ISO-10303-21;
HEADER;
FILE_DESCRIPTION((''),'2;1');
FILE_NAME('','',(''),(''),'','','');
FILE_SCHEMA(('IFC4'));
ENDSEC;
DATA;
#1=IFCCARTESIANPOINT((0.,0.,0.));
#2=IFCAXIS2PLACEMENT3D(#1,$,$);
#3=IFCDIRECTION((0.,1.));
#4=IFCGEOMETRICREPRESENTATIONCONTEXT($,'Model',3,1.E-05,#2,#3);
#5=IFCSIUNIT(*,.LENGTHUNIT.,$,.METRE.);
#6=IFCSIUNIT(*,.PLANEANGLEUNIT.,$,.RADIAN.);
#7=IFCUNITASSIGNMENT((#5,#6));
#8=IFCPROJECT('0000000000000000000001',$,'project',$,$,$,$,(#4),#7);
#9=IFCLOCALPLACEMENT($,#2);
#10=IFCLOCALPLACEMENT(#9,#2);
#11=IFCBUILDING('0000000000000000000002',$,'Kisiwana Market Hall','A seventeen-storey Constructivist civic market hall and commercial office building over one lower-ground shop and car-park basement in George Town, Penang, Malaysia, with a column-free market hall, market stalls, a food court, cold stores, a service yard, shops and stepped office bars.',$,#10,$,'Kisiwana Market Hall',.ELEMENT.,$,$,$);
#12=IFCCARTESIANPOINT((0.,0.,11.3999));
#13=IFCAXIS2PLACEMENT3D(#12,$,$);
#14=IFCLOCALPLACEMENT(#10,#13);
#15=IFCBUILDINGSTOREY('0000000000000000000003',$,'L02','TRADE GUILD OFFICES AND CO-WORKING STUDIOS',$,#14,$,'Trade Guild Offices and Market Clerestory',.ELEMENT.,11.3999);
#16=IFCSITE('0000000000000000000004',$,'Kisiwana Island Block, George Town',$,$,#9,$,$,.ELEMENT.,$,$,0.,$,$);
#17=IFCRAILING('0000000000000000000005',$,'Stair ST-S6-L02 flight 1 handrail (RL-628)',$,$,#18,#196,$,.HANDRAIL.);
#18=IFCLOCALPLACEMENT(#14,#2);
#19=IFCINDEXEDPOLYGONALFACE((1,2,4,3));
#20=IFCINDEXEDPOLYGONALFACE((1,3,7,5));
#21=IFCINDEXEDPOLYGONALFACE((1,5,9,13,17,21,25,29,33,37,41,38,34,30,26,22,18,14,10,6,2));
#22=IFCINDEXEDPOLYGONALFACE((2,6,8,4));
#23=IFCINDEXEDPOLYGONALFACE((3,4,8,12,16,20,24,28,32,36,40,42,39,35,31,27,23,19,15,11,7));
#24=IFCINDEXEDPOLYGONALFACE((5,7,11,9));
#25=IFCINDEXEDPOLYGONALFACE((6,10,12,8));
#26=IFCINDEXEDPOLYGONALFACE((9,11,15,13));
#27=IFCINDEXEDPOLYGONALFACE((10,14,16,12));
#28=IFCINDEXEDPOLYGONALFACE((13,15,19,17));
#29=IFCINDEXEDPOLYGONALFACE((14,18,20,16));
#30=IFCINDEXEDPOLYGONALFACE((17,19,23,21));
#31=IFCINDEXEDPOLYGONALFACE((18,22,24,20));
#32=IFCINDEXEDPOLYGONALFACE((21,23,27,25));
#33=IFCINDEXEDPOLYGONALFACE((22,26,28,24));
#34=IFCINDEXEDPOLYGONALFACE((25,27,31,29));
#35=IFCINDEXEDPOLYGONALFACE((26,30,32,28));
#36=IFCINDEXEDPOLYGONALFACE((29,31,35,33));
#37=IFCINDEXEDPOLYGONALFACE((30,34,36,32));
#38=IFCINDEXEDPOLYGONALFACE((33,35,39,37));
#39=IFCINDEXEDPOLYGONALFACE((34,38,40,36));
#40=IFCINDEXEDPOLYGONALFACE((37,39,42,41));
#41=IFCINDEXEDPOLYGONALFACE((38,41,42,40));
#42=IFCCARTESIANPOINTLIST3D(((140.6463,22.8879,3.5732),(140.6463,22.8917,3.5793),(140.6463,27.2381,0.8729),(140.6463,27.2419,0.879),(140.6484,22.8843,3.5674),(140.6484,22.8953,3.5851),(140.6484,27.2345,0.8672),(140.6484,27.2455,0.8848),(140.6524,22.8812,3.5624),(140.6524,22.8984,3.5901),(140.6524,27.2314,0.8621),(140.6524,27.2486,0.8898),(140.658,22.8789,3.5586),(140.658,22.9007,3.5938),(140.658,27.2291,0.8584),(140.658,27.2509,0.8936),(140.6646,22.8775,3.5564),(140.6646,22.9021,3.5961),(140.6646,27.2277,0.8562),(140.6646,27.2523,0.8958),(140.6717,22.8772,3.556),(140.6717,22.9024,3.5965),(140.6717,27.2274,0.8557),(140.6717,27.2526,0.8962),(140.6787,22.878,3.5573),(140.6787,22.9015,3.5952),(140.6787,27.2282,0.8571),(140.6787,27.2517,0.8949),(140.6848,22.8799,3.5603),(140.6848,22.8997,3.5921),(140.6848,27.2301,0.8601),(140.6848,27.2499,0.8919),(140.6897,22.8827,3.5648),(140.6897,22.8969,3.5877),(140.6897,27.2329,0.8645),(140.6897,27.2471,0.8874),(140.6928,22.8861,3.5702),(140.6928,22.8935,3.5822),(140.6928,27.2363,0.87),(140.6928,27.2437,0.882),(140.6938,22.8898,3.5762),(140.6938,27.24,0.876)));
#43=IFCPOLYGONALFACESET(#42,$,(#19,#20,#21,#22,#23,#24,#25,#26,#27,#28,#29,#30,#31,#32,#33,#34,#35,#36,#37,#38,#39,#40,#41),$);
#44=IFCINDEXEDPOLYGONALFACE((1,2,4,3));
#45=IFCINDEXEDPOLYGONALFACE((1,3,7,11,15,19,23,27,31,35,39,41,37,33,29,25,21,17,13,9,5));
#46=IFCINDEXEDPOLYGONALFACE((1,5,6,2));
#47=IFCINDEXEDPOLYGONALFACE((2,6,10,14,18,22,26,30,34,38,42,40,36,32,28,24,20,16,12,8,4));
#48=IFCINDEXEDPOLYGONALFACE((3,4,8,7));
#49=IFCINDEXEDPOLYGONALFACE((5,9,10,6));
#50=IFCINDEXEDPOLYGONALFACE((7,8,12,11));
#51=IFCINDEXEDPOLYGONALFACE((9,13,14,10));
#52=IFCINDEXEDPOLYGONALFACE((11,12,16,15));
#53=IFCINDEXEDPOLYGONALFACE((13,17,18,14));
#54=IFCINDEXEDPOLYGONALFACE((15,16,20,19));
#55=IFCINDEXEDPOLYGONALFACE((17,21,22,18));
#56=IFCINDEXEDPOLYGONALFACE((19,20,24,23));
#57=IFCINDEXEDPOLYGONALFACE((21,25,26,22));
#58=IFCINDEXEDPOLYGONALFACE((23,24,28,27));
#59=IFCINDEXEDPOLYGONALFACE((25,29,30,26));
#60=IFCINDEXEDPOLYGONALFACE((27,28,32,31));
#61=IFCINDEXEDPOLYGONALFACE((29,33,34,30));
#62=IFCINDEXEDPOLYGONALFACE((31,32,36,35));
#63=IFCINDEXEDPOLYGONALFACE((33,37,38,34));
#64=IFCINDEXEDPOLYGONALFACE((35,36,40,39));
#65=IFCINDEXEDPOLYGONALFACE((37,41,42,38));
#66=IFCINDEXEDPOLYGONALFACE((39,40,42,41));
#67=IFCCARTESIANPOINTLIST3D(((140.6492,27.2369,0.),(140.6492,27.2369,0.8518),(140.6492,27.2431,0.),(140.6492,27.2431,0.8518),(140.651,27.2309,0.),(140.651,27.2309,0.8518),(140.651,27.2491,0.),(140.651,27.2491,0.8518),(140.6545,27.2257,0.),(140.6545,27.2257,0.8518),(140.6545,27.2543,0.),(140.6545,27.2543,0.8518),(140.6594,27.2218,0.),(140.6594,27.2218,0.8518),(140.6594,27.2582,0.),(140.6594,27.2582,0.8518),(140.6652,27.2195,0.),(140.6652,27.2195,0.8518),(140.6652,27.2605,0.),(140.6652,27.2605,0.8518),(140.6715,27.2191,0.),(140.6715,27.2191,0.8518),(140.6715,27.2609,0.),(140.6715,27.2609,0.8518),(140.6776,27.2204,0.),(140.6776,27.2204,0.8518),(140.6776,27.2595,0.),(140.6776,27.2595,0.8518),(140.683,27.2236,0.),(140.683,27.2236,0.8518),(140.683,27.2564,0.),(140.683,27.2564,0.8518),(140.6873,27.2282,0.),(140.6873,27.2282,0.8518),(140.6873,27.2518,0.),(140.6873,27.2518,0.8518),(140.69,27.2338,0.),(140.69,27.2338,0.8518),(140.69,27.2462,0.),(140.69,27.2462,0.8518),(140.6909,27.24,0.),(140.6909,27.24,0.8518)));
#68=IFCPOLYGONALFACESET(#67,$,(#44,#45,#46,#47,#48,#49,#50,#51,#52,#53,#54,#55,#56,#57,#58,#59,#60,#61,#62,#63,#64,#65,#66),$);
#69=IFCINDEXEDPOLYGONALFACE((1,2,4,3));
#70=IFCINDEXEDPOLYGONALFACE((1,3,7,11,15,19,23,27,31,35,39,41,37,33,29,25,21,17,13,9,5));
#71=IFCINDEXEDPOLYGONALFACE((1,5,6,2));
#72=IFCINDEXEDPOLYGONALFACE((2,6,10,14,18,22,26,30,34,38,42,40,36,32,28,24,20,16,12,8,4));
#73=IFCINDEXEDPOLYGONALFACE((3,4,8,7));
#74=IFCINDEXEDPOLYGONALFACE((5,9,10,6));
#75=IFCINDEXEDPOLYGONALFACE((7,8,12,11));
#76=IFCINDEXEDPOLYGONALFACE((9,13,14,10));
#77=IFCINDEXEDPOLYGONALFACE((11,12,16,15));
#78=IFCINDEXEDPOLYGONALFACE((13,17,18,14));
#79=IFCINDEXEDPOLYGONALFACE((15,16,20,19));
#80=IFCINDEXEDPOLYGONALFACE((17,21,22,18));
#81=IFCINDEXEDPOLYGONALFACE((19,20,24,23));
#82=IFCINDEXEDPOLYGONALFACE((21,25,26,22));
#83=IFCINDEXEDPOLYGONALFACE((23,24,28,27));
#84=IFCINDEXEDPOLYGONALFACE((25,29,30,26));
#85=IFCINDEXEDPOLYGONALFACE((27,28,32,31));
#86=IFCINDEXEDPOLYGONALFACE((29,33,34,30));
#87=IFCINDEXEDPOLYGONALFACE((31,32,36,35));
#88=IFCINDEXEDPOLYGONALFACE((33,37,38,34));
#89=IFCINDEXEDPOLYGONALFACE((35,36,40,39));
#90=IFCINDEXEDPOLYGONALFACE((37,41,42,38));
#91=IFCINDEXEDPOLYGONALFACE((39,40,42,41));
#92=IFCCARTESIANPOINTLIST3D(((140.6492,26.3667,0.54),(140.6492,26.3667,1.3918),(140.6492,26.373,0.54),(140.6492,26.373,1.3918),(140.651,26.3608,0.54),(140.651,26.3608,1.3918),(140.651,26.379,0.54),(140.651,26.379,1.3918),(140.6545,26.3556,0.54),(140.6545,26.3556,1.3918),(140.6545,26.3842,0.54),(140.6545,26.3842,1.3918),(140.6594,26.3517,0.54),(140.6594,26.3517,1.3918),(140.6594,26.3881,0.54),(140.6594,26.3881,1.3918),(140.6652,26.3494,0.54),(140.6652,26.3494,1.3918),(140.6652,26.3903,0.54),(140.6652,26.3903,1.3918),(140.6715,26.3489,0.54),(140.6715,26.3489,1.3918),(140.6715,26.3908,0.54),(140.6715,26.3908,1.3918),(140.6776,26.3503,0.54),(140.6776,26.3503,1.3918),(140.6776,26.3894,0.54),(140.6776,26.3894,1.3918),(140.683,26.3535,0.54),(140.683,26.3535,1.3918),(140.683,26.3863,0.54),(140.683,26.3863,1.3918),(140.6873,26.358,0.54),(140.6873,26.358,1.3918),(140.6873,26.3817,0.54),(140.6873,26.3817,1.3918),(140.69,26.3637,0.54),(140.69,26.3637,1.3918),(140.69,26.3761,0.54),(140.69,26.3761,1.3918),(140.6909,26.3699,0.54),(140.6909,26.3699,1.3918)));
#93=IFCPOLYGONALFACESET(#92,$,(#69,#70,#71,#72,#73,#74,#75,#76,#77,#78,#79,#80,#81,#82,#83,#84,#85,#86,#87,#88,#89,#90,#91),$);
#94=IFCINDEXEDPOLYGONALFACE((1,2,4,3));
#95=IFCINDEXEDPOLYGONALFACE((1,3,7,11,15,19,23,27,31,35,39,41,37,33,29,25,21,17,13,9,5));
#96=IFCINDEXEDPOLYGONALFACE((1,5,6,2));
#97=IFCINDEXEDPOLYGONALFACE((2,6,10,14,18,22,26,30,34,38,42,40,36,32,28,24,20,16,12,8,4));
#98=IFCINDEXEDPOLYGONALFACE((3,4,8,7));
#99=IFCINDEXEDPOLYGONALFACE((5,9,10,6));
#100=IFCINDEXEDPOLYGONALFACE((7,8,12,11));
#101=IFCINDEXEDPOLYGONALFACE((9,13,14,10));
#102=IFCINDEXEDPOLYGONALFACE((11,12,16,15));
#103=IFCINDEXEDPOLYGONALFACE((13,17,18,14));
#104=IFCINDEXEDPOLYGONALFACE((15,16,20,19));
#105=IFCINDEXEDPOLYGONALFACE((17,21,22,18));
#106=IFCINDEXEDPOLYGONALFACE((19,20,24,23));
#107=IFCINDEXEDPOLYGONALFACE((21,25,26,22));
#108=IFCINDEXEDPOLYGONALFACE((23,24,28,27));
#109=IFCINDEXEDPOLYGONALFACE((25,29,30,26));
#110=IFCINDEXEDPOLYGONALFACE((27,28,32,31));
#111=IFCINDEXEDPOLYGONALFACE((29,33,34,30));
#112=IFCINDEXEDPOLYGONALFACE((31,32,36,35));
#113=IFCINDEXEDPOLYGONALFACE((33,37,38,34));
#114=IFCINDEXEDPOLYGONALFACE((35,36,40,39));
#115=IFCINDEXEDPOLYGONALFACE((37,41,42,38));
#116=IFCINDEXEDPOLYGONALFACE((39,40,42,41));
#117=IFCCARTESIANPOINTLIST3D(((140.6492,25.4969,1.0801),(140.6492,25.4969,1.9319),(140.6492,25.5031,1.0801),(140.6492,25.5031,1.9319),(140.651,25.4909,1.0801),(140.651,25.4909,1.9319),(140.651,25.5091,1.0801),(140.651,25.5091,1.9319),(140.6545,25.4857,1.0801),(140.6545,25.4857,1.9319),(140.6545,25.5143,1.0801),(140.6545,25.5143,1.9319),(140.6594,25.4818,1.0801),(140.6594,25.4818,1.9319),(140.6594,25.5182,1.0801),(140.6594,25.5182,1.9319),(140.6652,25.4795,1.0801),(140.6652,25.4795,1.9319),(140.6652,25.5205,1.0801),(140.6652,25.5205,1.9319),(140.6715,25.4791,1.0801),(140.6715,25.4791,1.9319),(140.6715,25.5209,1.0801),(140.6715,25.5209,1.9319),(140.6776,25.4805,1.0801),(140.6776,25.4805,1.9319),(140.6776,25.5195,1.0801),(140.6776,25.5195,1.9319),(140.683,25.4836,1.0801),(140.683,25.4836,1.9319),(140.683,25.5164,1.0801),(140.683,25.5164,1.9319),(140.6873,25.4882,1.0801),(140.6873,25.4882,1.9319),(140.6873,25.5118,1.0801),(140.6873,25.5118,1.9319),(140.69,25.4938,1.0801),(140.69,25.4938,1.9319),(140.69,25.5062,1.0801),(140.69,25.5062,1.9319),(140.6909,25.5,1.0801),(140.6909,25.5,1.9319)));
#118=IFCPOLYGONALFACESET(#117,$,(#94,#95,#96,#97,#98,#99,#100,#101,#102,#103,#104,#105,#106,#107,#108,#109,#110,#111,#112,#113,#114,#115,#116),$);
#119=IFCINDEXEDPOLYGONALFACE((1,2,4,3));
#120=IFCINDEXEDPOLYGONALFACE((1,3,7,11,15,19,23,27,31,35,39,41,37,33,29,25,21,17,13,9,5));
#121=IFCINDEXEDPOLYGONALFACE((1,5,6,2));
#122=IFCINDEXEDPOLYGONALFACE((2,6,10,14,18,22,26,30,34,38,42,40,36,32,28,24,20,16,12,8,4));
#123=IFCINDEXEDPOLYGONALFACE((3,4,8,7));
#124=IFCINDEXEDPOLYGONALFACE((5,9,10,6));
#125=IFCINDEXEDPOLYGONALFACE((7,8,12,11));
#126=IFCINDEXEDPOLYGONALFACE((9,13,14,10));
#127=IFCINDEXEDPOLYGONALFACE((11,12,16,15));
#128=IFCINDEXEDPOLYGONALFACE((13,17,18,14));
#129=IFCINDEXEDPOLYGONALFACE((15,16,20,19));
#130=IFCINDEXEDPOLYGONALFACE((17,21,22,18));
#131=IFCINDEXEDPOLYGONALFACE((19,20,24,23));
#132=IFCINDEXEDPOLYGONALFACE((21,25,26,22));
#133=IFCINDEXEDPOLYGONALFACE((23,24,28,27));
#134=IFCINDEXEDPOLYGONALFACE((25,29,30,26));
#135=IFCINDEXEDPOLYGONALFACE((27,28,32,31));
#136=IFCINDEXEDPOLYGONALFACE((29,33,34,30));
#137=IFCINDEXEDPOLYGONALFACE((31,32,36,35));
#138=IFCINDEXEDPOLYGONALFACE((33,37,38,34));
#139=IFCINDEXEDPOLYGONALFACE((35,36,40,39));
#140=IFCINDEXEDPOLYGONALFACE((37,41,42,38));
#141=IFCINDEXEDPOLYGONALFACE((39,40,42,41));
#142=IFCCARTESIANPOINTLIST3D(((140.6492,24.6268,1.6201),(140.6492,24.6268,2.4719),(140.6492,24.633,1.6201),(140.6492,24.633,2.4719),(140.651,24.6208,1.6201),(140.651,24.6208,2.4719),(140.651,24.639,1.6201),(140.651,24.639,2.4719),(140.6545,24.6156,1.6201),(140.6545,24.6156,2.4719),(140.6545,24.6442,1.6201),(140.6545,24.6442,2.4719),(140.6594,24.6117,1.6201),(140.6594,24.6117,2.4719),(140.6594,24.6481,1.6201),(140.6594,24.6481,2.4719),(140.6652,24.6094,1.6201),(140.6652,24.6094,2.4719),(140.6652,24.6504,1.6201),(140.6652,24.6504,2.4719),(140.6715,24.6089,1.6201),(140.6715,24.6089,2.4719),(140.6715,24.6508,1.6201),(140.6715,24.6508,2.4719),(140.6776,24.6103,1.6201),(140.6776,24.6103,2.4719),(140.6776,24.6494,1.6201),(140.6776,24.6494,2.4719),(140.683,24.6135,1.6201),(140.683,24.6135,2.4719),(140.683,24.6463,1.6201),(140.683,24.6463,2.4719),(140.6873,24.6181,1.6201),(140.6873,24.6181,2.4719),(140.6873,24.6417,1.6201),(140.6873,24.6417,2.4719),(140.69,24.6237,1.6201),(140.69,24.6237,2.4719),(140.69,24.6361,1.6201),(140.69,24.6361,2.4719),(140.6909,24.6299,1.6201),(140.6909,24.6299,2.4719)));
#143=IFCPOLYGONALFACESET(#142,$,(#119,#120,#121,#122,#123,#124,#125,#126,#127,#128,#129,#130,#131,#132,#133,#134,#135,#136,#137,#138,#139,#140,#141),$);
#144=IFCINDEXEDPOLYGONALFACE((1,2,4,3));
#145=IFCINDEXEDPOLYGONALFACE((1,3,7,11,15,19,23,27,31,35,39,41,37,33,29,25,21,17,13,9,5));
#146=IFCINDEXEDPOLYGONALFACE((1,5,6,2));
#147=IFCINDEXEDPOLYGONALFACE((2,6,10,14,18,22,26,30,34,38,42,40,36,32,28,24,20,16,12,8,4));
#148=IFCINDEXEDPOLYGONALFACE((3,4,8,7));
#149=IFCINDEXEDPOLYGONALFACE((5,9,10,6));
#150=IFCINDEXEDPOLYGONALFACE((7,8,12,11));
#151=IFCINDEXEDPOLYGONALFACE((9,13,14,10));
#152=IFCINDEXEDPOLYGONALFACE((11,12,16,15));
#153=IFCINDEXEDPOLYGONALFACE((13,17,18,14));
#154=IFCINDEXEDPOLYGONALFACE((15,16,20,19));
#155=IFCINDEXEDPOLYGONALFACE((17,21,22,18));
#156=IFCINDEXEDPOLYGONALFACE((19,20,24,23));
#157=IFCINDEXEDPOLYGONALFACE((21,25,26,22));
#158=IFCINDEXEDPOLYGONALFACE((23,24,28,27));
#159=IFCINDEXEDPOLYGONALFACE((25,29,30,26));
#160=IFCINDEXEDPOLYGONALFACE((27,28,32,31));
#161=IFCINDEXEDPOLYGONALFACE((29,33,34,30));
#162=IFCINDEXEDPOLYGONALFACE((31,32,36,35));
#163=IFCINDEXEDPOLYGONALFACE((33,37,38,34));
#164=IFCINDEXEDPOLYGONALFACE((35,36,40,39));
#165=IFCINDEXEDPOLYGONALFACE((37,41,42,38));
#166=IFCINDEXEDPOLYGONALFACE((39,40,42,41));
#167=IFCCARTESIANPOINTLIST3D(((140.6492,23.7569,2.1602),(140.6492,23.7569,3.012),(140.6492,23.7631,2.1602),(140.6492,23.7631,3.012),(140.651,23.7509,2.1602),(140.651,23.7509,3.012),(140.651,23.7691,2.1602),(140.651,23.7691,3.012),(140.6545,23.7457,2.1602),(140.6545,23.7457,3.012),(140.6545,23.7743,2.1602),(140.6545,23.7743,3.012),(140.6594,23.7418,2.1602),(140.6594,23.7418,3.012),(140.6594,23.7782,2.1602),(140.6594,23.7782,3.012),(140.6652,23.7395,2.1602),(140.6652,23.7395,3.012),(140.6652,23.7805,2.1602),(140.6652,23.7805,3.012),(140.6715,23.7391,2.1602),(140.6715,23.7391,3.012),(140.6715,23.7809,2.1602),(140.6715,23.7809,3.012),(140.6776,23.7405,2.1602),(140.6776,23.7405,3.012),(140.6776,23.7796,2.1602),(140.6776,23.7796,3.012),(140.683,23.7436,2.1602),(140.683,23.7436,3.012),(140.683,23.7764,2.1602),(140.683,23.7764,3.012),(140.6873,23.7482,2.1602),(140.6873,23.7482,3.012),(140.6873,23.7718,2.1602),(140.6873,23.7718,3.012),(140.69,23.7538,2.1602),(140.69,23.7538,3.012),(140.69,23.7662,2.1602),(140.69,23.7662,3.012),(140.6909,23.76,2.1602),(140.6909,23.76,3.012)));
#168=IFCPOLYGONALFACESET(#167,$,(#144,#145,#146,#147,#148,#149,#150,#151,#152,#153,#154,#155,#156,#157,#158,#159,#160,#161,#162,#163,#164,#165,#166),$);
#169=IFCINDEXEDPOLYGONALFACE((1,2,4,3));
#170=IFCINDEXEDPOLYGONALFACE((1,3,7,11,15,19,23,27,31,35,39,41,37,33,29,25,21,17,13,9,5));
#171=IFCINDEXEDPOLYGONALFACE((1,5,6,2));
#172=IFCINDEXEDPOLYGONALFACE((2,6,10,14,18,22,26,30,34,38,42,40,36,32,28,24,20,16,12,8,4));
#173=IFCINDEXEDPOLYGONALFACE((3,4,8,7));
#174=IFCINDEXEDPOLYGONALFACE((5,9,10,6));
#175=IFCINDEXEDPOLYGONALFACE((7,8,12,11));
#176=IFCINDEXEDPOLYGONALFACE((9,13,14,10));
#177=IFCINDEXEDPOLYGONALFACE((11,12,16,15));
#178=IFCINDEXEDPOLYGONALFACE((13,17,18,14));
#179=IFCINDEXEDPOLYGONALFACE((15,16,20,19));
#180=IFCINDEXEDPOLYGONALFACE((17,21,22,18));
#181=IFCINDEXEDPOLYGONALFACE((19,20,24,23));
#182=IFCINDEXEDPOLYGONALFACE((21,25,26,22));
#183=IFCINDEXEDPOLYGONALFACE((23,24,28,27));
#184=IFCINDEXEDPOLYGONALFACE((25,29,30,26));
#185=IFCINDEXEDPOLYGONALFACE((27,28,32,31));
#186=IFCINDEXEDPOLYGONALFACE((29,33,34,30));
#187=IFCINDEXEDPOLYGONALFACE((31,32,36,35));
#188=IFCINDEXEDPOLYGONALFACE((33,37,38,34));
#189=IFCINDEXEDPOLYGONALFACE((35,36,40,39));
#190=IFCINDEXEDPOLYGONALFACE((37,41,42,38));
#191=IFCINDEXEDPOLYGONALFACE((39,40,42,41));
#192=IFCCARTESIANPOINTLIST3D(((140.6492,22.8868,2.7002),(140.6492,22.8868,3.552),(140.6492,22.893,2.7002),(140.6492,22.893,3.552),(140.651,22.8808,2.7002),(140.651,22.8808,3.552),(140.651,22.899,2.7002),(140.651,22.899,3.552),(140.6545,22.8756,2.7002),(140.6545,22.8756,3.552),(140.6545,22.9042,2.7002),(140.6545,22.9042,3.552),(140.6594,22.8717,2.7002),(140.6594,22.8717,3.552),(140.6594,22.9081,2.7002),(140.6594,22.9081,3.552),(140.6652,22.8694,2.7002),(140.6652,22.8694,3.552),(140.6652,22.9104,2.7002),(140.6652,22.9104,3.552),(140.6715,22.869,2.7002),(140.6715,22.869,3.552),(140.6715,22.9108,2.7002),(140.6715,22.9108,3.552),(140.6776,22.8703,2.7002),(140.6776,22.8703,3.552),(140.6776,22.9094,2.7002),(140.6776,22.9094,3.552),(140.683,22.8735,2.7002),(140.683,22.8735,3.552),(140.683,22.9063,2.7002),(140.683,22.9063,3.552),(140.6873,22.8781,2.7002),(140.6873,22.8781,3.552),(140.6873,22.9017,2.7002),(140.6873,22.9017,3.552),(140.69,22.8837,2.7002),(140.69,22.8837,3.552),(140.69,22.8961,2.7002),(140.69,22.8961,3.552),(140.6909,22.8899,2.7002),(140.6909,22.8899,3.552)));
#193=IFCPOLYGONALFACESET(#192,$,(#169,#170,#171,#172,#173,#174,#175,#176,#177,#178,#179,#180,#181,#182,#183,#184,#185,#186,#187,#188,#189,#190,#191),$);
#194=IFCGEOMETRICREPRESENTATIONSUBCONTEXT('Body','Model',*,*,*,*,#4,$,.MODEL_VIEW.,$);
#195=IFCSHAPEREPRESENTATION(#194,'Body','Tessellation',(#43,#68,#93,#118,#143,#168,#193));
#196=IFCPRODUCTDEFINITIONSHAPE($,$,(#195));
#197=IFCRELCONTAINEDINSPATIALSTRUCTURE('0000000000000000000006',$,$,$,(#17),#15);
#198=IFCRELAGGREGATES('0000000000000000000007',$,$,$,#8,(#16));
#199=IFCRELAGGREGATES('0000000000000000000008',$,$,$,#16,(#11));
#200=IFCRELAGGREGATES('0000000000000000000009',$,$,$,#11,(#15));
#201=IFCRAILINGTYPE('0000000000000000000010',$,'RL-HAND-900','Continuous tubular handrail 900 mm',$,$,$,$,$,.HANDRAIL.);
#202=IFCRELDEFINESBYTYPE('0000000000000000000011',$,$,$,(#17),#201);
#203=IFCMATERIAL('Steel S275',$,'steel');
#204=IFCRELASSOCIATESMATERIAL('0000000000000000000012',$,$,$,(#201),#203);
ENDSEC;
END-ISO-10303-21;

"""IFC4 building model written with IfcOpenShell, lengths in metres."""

from ifc_helpers import new_model, si_unit, direction, frame, origin, origin_2d, place, context, subcontext, project, spatial, circle, extrude, material, type_object, element, save


model = new_model("IFC4")

# Units and contexts
model_context = context("Model", 3, precision=1e-05, world=origin(), true_north=direction((0.0, 1.0)))
body_context = subcontext(model_context, "Body", "Model", "MODEL_VIEW")
ifc_project = project(units=[si_unit("LENGTHUNIT", "METRE"), si_unit("PLANEANGLEUNIT", "RADIAN")], contexts=[model_context])

# Site, building, storey
site_placement = place(None, origin())
site = spatial("IfcSite", under=ifc_project, at=site_placement, Name="Kisiwana Island Block, George Town", CompositionType="ELEMENT", RefElevation=0.0)
building_placement = place(site_placement, origin())
building = spatial("IfcBuilding", under=site, at=building_placement, Name="Kisiwana Market Hall", Description="A seventeen-storey Constructivist civic market hall and commercial office building over one lower-ground shop and car-park basement in George Town, Penang, Malaysia, with a column-free market hall, market stalls, a food court, cold stores, a service yard, shops and stepped office bars.", LongName="Kisiwana Market Hall", CompositionType="ELEMENT")
storey_placement = place(building_placement, frame((0.0, 0.0, 11.3999)))
storey = spatial("IfcBuildingStorey", under=building, at=storey_placement, Name="L02", Description="TRADE GUILD OFFICES AND CO-WORKING STUDIOS", LongName="Trade Guild Offices and Market Clerestory", CompositionType="ELEMENT", Elevation=11.3999)

# Railing
ifc_material_1 = material(Name="Steel S275", Category="steel")
railing_type_1 = type_object("IfcRailingType", Name="RL-HAND-900", Description="Continuous tubular handrail 900 mm", PredefinedType="HANDRAIL", material=ifc_material_1)
railing_1_placement = place(storey_placement, frame((140.6699, 27.24, 0.0)))
element("IfcRailing", 1, at=railing_1_placement, inside=storey, type_object=railing_type_1, Name="Stair ST-S6-L02 flight 1 handrail (RL-628)", PredefinedType="HANDRAIL", context=body_context, shape_type="SweptSolid", body=[
    extrude(circle(Radius=0.0239, at=origin_2d()), frame((0.0, 0.0, 0.876), z_axis=(0.0, -0.849628, 0.527382), x_axis=(1.0, 0.0, 0.0)), (0.0, 0.0, 1.0), 5.1201),
    extrude(circle(Radius=0.021, at=origin_2d()), origin(), (0.0, 0.0, 1.0), 0.8518),
    extrude(circle(Radius=0.021, at=origin_2d()), frame((0.0, -0.8701, 0.54)), (0.0, 0.0, 1.0), 0.8518),
    extrude(circle(Radius=0.021, at=origin_2d()), frame((0.0, -1.74, 1.0801)), (0.0, 0.0, 1.0), 0.8518),
    extrude(circle(Radius=0.021, at=origin_2d()), frame((0.0, -2.6101, 1.6201)), (0.0, 0.0, 1.0), 0.8518),
    extrude(circle(Radius=0.021, at=origin_2d()), frame((0.0, -3.48, 2.1602)), (0.0, 0.0, 1.0), 0.8518),
    extrude(circle(Radius=0.021, at=origin_2d()), frame((0.0, -4.3501, 2.7002)), (0.0, 0.0, 1.0), 0.8518),
])

save(model, "model.ifc")
